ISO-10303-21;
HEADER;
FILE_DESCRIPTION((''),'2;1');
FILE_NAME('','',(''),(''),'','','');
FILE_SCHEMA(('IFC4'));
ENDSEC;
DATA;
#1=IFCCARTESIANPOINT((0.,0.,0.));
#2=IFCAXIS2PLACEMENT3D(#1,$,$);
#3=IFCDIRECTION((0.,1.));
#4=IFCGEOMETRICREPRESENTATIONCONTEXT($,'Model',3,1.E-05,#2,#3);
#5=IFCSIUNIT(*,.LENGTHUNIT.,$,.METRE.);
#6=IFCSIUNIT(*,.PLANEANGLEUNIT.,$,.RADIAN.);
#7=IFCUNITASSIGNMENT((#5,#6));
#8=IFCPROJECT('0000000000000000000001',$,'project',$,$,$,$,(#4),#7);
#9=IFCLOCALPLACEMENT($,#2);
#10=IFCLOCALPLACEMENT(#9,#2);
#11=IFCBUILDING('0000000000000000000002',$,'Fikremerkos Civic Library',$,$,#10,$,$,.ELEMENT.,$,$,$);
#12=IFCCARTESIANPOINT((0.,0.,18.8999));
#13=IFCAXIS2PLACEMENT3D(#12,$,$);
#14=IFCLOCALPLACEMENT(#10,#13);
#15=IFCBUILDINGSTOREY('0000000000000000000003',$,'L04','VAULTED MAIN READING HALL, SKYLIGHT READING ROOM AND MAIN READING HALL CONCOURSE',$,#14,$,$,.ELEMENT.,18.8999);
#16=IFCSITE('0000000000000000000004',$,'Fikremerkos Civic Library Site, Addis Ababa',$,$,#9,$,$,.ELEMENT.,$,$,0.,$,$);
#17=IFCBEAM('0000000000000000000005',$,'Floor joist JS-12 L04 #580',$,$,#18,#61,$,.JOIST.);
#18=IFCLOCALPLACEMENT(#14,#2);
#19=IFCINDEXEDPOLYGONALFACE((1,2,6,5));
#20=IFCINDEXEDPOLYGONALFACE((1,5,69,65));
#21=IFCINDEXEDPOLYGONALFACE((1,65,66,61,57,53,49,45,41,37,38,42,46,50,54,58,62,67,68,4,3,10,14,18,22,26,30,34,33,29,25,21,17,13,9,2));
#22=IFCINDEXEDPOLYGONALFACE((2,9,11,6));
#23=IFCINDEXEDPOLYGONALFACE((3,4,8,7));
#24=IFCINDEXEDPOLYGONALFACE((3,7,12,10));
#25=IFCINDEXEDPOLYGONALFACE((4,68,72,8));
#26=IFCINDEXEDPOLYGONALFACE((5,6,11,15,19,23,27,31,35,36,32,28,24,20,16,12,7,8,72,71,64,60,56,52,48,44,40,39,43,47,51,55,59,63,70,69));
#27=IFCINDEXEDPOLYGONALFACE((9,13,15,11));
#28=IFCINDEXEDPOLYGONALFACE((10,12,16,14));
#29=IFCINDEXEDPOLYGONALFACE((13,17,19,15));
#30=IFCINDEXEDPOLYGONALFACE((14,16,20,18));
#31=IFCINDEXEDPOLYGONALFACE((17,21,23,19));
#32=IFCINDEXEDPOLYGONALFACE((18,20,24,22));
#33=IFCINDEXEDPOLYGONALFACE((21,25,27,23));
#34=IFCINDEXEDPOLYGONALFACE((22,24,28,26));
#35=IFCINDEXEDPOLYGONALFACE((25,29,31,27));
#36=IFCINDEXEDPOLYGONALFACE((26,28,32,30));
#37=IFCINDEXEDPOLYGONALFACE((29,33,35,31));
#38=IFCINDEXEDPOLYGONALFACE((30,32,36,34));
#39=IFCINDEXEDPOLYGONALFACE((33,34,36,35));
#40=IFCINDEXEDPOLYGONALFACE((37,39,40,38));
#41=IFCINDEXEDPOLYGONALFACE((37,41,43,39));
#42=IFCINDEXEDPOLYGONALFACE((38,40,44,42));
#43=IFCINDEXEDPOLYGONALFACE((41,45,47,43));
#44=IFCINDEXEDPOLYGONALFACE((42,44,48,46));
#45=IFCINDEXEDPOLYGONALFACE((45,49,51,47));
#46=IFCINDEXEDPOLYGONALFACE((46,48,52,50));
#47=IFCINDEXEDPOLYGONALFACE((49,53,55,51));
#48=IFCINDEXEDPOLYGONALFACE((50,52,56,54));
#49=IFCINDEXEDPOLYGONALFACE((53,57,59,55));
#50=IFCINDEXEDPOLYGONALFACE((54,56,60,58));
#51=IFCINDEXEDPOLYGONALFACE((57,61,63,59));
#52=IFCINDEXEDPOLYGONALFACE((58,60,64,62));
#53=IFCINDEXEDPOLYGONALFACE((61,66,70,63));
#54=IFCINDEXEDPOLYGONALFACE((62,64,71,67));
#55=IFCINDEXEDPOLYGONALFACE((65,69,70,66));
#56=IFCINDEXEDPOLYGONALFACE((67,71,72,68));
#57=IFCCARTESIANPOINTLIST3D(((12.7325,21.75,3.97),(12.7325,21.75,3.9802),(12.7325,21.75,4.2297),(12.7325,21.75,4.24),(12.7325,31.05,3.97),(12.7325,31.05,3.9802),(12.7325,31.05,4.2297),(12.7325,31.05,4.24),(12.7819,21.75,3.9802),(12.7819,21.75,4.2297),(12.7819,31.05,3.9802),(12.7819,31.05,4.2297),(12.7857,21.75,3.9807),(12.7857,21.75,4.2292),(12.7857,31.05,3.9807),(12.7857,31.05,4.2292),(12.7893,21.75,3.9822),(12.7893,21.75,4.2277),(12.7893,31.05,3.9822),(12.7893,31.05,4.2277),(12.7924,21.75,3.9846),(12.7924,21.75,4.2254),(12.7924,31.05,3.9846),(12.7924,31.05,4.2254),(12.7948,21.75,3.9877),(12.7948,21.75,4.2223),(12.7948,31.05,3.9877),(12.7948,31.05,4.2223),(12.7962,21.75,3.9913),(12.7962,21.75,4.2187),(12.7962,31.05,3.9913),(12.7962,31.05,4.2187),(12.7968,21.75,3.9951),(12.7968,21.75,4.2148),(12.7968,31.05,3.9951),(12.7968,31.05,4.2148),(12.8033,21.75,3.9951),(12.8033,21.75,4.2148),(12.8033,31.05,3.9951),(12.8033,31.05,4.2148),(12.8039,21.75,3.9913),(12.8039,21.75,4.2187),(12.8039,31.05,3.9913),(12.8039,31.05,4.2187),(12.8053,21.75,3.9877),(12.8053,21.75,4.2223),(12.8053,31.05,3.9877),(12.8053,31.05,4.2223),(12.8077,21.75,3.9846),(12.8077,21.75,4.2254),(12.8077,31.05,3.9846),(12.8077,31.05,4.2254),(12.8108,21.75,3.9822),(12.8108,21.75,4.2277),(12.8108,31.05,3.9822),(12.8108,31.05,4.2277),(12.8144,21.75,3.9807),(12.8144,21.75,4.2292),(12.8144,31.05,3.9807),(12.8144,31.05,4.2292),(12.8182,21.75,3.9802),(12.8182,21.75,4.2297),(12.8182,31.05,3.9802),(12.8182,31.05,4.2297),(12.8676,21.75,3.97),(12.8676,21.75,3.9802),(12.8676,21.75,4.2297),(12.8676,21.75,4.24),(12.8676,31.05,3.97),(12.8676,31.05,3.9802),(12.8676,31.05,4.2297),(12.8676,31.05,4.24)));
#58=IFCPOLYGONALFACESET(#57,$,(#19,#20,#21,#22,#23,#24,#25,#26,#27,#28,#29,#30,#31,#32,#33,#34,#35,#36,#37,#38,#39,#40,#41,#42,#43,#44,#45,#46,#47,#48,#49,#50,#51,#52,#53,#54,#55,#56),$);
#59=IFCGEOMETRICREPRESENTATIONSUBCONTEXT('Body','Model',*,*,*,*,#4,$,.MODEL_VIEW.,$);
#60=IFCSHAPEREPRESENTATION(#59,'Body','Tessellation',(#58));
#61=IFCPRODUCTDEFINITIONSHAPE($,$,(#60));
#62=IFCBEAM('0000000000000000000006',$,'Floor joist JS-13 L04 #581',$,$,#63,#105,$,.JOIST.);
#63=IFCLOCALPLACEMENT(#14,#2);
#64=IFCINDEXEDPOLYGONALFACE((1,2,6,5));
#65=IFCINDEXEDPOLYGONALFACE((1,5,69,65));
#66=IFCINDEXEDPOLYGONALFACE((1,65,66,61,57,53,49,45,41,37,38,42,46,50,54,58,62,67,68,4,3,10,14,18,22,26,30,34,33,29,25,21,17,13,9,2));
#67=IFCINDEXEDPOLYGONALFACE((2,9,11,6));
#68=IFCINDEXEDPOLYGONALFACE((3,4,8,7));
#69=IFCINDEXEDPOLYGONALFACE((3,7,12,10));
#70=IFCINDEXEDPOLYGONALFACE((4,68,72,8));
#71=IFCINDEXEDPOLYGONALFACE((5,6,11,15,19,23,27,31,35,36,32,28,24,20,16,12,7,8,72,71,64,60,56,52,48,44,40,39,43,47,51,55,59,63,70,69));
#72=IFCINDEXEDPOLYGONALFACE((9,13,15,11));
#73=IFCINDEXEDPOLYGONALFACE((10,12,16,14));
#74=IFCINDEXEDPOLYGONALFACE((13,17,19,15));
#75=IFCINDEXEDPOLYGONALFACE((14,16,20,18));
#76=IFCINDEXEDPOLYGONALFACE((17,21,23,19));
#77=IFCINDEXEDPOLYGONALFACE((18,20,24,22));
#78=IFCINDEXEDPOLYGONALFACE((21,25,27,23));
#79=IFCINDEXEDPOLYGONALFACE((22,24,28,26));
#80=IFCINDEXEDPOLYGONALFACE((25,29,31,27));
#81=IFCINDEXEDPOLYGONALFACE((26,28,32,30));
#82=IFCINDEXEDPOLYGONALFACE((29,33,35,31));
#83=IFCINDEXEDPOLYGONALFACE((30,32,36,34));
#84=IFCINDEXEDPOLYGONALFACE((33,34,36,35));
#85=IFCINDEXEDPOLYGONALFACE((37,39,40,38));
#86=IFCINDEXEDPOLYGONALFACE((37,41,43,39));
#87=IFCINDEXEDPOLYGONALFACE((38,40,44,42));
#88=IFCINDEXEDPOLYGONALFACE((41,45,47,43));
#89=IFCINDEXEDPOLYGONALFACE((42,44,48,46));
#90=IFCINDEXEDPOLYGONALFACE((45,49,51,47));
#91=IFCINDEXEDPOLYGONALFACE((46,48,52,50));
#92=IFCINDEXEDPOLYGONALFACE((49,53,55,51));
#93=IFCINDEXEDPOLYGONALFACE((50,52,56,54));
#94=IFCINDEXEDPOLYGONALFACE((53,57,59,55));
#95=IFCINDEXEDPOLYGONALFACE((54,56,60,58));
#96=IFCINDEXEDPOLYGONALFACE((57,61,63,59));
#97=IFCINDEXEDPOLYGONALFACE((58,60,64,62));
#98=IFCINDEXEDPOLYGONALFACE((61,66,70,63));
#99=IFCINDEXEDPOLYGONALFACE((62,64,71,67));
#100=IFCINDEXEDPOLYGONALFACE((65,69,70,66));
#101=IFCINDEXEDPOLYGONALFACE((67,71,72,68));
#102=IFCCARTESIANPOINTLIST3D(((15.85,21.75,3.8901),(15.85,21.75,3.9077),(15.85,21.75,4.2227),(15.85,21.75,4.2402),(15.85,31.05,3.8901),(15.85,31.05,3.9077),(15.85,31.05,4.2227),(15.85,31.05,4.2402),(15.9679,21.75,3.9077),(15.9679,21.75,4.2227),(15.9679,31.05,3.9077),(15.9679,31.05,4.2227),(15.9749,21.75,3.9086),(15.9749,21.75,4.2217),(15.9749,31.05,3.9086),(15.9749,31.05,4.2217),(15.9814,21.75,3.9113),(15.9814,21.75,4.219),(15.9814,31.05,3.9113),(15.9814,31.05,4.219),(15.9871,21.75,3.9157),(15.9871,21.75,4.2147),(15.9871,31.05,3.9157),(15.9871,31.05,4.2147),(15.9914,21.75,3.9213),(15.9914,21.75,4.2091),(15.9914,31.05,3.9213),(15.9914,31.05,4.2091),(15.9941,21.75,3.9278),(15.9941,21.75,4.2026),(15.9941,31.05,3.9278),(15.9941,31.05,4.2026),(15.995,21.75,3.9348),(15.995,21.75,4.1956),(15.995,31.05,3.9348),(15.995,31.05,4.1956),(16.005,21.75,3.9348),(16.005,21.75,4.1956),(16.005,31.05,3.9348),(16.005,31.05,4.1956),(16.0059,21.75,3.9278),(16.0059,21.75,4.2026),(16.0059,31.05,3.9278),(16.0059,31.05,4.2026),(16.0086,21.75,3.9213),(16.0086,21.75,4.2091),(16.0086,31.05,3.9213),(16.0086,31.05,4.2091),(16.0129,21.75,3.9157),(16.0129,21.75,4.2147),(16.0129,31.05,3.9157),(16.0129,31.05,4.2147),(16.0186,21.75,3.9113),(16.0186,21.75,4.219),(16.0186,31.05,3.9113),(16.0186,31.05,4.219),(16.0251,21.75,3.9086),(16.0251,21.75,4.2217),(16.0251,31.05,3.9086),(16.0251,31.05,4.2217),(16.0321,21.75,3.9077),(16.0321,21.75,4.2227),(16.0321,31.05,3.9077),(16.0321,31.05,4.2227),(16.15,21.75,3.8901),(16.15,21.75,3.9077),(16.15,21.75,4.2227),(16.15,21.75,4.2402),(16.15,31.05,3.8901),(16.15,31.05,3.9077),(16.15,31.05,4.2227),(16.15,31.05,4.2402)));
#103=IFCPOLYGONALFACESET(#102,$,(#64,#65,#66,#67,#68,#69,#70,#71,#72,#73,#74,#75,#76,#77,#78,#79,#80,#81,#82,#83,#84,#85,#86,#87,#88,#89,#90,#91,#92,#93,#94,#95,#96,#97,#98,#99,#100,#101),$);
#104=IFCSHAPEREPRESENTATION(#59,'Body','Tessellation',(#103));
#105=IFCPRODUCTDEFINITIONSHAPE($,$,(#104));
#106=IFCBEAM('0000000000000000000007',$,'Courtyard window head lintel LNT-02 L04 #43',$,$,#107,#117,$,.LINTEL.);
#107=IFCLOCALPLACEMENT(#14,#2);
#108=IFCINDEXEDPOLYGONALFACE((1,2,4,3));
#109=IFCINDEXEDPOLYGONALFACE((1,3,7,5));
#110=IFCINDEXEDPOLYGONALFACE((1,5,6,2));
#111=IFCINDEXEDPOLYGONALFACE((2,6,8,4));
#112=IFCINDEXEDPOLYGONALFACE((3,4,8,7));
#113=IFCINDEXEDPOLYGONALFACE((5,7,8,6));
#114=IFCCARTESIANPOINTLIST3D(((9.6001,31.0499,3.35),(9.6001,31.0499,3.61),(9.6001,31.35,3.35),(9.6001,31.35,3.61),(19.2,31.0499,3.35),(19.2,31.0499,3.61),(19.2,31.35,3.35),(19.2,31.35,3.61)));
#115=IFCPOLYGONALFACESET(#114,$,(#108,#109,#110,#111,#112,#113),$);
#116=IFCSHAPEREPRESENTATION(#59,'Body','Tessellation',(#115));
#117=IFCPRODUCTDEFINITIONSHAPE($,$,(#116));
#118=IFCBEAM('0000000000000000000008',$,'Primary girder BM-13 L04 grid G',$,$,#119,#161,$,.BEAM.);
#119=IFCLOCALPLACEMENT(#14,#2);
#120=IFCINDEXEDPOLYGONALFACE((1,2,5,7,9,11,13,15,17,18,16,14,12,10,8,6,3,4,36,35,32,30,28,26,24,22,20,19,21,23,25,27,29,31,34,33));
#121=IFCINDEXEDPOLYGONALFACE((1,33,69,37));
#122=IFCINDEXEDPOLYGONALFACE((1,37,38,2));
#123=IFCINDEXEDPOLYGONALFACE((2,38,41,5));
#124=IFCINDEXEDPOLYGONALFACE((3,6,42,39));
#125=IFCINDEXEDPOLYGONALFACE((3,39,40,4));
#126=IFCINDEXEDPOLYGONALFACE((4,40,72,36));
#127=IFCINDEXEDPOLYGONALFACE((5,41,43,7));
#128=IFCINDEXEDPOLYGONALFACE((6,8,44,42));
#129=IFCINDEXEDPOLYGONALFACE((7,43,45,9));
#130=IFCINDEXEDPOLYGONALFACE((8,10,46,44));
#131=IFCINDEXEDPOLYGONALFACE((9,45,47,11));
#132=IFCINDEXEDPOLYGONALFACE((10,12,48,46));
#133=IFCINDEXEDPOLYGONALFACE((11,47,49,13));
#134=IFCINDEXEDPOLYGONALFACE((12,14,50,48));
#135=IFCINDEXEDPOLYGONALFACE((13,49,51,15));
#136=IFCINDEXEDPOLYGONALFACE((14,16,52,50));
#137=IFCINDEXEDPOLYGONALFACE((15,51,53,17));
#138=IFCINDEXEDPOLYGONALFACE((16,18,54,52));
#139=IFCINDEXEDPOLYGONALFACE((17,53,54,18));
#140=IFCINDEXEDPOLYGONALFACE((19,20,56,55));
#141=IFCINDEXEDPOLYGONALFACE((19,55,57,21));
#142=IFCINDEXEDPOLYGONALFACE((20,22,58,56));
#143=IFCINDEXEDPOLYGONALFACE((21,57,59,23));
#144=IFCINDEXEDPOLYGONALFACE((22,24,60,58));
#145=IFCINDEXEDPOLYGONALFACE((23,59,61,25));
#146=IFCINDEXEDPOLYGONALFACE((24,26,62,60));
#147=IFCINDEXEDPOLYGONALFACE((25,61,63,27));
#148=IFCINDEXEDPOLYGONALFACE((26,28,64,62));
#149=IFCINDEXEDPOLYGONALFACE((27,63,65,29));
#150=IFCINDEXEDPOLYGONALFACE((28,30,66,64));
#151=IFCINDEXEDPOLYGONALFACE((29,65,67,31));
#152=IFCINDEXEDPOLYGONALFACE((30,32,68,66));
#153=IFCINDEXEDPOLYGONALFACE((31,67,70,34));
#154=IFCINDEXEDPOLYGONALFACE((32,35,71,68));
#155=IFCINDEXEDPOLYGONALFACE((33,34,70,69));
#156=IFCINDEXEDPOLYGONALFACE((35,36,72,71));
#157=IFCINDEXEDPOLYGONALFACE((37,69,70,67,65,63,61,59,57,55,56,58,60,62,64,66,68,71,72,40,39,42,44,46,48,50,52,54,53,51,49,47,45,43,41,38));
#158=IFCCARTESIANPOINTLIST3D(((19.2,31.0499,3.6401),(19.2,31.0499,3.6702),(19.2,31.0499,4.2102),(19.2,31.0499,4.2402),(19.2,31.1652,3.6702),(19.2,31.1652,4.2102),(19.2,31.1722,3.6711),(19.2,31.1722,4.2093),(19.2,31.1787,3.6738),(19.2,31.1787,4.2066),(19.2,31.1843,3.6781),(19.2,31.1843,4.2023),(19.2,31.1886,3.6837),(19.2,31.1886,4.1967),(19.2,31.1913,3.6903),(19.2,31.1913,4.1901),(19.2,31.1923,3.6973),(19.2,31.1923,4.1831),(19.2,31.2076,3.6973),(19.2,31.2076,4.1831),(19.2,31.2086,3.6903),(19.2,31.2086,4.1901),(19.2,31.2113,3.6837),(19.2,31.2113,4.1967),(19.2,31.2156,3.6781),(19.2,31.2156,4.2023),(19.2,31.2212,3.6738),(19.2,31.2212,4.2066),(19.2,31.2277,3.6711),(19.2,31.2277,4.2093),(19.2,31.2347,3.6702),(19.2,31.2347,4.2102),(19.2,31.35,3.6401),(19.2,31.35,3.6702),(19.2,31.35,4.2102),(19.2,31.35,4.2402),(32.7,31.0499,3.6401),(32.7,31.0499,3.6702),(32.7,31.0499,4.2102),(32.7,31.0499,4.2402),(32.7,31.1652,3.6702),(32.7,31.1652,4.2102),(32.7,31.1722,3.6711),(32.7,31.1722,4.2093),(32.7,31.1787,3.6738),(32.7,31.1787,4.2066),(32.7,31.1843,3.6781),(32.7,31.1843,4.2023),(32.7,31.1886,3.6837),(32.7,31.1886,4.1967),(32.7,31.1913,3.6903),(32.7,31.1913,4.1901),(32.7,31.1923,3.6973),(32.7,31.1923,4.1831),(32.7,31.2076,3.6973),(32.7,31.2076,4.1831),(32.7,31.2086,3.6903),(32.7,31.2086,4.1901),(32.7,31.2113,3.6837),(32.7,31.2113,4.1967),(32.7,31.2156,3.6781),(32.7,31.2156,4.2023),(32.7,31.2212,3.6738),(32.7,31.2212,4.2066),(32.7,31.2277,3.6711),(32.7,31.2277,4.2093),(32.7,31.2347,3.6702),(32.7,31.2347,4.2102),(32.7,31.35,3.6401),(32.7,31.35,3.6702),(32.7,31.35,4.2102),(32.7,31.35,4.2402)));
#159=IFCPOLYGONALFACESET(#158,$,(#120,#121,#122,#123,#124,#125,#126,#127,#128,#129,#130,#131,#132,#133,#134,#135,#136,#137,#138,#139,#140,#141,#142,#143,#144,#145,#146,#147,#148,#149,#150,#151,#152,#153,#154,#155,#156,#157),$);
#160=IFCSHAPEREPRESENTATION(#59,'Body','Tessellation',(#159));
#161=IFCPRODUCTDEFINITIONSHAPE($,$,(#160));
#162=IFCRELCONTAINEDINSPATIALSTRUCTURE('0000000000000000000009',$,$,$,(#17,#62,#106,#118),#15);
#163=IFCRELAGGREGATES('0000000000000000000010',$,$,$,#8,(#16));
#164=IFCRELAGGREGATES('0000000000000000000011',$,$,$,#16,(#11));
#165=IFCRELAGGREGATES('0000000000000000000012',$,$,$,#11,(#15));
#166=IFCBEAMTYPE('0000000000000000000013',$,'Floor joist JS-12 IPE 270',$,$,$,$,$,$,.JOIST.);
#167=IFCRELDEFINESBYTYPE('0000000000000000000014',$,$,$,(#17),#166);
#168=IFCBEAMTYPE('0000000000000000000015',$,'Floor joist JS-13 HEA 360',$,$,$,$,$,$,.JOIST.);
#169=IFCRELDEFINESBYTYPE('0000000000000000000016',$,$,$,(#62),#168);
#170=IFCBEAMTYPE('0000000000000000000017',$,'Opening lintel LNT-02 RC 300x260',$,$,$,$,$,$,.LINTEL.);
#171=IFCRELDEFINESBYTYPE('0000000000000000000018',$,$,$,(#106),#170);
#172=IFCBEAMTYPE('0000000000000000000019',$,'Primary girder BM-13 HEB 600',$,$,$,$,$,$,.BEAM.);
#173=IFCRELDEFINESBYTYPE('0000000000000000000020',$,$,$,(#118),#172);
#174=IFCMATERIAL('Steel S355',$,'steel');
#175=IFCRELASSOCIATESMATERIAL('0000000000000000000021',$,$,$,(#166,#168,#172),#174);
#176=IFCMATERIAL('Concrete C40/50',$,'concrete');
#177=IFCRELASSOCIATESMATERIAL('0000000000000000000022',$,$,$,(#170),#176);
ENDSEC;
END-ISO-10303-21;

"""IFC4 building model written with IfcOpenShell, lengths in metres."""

from ifc_helpers import new_model, si_unit, direction, frame, origin, origin_2d, place, context, subcontext, project, spatial, rectangle, i_section, extrude, material, material_profile, profile_set, type_object, element, save


model = new_model("IFC4")

# Units and contexts
model_context = context("Model", 3, precision=1e-05, world=origin(), true_north=direction((0.0, 1.0)))
body_context = subcontext(model_context, "Body", "Model", "MODEL_VIEW")
ifc_project = project(units=[si_unit("LENGTHUNIT", "METRE"), si_unit("PLANEANGLEUNIT", "RADIAN")], contexts=[model_context])

# Site, building, storey
site_placement = place(None, origin())
site = spatial("IfcSite", under=ifc_project, at=site_placement, Name="Fikremerkos Civic Library Site, Addis Ababa", CompositionType="ELEMENT", RefElevation=0.0)
building_placement = place(site_placement, origin())
building = spatial("IfcBuilding", under=site, at=building_placement, Name="Fikremerkos Civic Library", CompositionType="ELEMENT")
storey_placement = place(building_placement, frame((0.0, 0.0, 18.8999)))
storey = spatial("IfcBuildingStorey", under=building, at=storey_placement, Name="L04", Description="VAULTED MAIN READING HALL, SKYLIGHT READING ROOM AND MAIN READING HALL CONCOURSE", CompositionType="ELEMENT", Elevation=18.8999)

# Shared definitions
ifc_material_1 = material(Name="Steel S355", Category="steel")

# Beams
ifc_material_profile_1 = material_profile(ifc_material_1, i_section(OverallWidth=0.135, OverallDepth=0.27, WebThickness=0.0066, FlangeThickness=0.0103, FilletRadius=0.0149, at=origin_2d()), Name="IPE 270")
ifc_profile_set_1 = profile_set([ifc_material_profile_1], Name="Steel S355")
beam_type_1 = type_object("IfcBeamType", Name="Floor joist JS-12 IPE 270", PredefinedType="JOIST", material=ifc_profile_set_1)
beam_1_placement = place(storey_placement, frame((12.8, 21.75, 4.105), z_axis=(0.0, 1.0, 0.0), x_axis=(-1.0, 0.0, 0.0)))
element("IfcBeam", 1, at=beam_1_placement, inside=storey, type_object=beam_type_1, Name="Floor joist JS-12 L04 #580", PredefinedType="JOIST", context=body_context, shape_type="SweptSolid", body=[
    extrude(i_section(OverallWidth=0.135, OverallDepth=0.27, WebThickness=0.0066, FlangeThickness=0.0103, FilletRadius=0.0149, at=origin_2d()), origin(), (0.0, 0.0, 1.0), 9.3),
])
ifc_material_profile_2 = material_profile(ifc_material_1, i_section(OverallWidth=0.3, OverallDepth=0.3501, WebThickness=0.01, FlangeThickness=0.0176, FilletRadius=0.0271, at=origin_2d()), Name="HEA 360")
ifc_profile_set_2 = profile_set([ifc_material_profile_2], Name="Steel S355")
beam_type_2 = type_object("IfcBeamType", Name="Floor joist JS-13 HEA 360", PredefinedType="JOIST", material=ifc_profile_set_2)
beam_2_placement = place(storey_placement, frame((16.0, 21.75, 4.0652), z_axis=(0.0, 1.0, 0.0), x_axis=(-1.0, 0.0, 0.0)))
element("IfcBeam", 2, at=beam_2_placement, inside=storey, type_object=beam_type_2, Name="Floor joist JS-13 L04 #581", PredefinedType="JOIST", context=body_context, shape_type="SweptSolid", body=[
    extrude(i_section(OverallWidth=0.3, OverallDepth=0.3501, WebThickness=0.01, FlangeThickness=0.0176, FilletRadius=0.0271, at=origin_2d()), origin(), (0.0, 0.0, 1.0), 9.3),
])
ifc_material_2 = material(Name="Concrete C40/50", Category="concrete")
ifc_material_profile_3 = material_profile(ifc_material_2, rectangle(XDim=0.3, YDim=0.26, at=origin_2d()), Name="RC 300x260")
ifc_profile_set_3 = profile_set([ifc_material_profile_3], Name="Concrete C40/50")
beam_type_3 = type_object("IfcBeamType", Name="Opening lintel LNT-02 RC 300x260", PredefinedType="LINTEL", material=ifc_profile_set_3)
beam_3_placement = place(storey_placement, frame((9.6001, 31.2, 3.48), z_axis=(1.0, 0.0, 0.0), x_axis=(0.0, 1.0, 0.0)))
element("IfcBeam", 3, at=beam_3_placement, inside=storey, type_object=beam_type_3, Name="Courtyard window head lintel LNT-02 L04 #43", PredefinedType="LINTEL", context=body_context, shape_type="SweptSolid", body=[
    extrude(rectangle(XDim=0.3, YDim=0.26, at=origin_2d()), origin(), (0.0, 0.0, 1.0), 9.5999),
])
ifc_material_profile_4 = material_profile(ifc_material_1, i_section(OverallWidth=0.3, OverallDepth=0.6001, WebThickness=0.0154, FlangeThickness=0.03, FilletRadius=0.0271, at=origin_2d()), Name="HEB 600")
ifc_profile_set_4 = profile_set([ifc_material_profile_4], Name="Steel S355")
beam_type_4 = type_object("IfcBeamType", Name="Primary girder BM-13 HEB 600", PredefinedType="BEAM", material=ifc_profile_set_4)
beam_4_placement = place(storey_placement, frame((19.2, 31.2, 3.9402), z_axis=(1.0, 0.0, 0.0), x_axis=(0.0, 1.0, 0.0)))
element("IfcBeam", 4, at=beam_4_placement, inside=storey, type_object=beam_type_4, Name="Primary girder BM-13 L04 grid G", PredefinedType="BEAM", context=body_context, shape_type="SweptSolid", body=[
    extrude(i_section(OverallWidth=0.3, OverallDepth=0.6001, WebThickness=0.0154, FlangeThickness=0.03, FilletRadius=0.0271, at=origin_2d()), origin(), (0.0, 0.0, 1.0), 13.5),
])

save(model, "model.ifc")
